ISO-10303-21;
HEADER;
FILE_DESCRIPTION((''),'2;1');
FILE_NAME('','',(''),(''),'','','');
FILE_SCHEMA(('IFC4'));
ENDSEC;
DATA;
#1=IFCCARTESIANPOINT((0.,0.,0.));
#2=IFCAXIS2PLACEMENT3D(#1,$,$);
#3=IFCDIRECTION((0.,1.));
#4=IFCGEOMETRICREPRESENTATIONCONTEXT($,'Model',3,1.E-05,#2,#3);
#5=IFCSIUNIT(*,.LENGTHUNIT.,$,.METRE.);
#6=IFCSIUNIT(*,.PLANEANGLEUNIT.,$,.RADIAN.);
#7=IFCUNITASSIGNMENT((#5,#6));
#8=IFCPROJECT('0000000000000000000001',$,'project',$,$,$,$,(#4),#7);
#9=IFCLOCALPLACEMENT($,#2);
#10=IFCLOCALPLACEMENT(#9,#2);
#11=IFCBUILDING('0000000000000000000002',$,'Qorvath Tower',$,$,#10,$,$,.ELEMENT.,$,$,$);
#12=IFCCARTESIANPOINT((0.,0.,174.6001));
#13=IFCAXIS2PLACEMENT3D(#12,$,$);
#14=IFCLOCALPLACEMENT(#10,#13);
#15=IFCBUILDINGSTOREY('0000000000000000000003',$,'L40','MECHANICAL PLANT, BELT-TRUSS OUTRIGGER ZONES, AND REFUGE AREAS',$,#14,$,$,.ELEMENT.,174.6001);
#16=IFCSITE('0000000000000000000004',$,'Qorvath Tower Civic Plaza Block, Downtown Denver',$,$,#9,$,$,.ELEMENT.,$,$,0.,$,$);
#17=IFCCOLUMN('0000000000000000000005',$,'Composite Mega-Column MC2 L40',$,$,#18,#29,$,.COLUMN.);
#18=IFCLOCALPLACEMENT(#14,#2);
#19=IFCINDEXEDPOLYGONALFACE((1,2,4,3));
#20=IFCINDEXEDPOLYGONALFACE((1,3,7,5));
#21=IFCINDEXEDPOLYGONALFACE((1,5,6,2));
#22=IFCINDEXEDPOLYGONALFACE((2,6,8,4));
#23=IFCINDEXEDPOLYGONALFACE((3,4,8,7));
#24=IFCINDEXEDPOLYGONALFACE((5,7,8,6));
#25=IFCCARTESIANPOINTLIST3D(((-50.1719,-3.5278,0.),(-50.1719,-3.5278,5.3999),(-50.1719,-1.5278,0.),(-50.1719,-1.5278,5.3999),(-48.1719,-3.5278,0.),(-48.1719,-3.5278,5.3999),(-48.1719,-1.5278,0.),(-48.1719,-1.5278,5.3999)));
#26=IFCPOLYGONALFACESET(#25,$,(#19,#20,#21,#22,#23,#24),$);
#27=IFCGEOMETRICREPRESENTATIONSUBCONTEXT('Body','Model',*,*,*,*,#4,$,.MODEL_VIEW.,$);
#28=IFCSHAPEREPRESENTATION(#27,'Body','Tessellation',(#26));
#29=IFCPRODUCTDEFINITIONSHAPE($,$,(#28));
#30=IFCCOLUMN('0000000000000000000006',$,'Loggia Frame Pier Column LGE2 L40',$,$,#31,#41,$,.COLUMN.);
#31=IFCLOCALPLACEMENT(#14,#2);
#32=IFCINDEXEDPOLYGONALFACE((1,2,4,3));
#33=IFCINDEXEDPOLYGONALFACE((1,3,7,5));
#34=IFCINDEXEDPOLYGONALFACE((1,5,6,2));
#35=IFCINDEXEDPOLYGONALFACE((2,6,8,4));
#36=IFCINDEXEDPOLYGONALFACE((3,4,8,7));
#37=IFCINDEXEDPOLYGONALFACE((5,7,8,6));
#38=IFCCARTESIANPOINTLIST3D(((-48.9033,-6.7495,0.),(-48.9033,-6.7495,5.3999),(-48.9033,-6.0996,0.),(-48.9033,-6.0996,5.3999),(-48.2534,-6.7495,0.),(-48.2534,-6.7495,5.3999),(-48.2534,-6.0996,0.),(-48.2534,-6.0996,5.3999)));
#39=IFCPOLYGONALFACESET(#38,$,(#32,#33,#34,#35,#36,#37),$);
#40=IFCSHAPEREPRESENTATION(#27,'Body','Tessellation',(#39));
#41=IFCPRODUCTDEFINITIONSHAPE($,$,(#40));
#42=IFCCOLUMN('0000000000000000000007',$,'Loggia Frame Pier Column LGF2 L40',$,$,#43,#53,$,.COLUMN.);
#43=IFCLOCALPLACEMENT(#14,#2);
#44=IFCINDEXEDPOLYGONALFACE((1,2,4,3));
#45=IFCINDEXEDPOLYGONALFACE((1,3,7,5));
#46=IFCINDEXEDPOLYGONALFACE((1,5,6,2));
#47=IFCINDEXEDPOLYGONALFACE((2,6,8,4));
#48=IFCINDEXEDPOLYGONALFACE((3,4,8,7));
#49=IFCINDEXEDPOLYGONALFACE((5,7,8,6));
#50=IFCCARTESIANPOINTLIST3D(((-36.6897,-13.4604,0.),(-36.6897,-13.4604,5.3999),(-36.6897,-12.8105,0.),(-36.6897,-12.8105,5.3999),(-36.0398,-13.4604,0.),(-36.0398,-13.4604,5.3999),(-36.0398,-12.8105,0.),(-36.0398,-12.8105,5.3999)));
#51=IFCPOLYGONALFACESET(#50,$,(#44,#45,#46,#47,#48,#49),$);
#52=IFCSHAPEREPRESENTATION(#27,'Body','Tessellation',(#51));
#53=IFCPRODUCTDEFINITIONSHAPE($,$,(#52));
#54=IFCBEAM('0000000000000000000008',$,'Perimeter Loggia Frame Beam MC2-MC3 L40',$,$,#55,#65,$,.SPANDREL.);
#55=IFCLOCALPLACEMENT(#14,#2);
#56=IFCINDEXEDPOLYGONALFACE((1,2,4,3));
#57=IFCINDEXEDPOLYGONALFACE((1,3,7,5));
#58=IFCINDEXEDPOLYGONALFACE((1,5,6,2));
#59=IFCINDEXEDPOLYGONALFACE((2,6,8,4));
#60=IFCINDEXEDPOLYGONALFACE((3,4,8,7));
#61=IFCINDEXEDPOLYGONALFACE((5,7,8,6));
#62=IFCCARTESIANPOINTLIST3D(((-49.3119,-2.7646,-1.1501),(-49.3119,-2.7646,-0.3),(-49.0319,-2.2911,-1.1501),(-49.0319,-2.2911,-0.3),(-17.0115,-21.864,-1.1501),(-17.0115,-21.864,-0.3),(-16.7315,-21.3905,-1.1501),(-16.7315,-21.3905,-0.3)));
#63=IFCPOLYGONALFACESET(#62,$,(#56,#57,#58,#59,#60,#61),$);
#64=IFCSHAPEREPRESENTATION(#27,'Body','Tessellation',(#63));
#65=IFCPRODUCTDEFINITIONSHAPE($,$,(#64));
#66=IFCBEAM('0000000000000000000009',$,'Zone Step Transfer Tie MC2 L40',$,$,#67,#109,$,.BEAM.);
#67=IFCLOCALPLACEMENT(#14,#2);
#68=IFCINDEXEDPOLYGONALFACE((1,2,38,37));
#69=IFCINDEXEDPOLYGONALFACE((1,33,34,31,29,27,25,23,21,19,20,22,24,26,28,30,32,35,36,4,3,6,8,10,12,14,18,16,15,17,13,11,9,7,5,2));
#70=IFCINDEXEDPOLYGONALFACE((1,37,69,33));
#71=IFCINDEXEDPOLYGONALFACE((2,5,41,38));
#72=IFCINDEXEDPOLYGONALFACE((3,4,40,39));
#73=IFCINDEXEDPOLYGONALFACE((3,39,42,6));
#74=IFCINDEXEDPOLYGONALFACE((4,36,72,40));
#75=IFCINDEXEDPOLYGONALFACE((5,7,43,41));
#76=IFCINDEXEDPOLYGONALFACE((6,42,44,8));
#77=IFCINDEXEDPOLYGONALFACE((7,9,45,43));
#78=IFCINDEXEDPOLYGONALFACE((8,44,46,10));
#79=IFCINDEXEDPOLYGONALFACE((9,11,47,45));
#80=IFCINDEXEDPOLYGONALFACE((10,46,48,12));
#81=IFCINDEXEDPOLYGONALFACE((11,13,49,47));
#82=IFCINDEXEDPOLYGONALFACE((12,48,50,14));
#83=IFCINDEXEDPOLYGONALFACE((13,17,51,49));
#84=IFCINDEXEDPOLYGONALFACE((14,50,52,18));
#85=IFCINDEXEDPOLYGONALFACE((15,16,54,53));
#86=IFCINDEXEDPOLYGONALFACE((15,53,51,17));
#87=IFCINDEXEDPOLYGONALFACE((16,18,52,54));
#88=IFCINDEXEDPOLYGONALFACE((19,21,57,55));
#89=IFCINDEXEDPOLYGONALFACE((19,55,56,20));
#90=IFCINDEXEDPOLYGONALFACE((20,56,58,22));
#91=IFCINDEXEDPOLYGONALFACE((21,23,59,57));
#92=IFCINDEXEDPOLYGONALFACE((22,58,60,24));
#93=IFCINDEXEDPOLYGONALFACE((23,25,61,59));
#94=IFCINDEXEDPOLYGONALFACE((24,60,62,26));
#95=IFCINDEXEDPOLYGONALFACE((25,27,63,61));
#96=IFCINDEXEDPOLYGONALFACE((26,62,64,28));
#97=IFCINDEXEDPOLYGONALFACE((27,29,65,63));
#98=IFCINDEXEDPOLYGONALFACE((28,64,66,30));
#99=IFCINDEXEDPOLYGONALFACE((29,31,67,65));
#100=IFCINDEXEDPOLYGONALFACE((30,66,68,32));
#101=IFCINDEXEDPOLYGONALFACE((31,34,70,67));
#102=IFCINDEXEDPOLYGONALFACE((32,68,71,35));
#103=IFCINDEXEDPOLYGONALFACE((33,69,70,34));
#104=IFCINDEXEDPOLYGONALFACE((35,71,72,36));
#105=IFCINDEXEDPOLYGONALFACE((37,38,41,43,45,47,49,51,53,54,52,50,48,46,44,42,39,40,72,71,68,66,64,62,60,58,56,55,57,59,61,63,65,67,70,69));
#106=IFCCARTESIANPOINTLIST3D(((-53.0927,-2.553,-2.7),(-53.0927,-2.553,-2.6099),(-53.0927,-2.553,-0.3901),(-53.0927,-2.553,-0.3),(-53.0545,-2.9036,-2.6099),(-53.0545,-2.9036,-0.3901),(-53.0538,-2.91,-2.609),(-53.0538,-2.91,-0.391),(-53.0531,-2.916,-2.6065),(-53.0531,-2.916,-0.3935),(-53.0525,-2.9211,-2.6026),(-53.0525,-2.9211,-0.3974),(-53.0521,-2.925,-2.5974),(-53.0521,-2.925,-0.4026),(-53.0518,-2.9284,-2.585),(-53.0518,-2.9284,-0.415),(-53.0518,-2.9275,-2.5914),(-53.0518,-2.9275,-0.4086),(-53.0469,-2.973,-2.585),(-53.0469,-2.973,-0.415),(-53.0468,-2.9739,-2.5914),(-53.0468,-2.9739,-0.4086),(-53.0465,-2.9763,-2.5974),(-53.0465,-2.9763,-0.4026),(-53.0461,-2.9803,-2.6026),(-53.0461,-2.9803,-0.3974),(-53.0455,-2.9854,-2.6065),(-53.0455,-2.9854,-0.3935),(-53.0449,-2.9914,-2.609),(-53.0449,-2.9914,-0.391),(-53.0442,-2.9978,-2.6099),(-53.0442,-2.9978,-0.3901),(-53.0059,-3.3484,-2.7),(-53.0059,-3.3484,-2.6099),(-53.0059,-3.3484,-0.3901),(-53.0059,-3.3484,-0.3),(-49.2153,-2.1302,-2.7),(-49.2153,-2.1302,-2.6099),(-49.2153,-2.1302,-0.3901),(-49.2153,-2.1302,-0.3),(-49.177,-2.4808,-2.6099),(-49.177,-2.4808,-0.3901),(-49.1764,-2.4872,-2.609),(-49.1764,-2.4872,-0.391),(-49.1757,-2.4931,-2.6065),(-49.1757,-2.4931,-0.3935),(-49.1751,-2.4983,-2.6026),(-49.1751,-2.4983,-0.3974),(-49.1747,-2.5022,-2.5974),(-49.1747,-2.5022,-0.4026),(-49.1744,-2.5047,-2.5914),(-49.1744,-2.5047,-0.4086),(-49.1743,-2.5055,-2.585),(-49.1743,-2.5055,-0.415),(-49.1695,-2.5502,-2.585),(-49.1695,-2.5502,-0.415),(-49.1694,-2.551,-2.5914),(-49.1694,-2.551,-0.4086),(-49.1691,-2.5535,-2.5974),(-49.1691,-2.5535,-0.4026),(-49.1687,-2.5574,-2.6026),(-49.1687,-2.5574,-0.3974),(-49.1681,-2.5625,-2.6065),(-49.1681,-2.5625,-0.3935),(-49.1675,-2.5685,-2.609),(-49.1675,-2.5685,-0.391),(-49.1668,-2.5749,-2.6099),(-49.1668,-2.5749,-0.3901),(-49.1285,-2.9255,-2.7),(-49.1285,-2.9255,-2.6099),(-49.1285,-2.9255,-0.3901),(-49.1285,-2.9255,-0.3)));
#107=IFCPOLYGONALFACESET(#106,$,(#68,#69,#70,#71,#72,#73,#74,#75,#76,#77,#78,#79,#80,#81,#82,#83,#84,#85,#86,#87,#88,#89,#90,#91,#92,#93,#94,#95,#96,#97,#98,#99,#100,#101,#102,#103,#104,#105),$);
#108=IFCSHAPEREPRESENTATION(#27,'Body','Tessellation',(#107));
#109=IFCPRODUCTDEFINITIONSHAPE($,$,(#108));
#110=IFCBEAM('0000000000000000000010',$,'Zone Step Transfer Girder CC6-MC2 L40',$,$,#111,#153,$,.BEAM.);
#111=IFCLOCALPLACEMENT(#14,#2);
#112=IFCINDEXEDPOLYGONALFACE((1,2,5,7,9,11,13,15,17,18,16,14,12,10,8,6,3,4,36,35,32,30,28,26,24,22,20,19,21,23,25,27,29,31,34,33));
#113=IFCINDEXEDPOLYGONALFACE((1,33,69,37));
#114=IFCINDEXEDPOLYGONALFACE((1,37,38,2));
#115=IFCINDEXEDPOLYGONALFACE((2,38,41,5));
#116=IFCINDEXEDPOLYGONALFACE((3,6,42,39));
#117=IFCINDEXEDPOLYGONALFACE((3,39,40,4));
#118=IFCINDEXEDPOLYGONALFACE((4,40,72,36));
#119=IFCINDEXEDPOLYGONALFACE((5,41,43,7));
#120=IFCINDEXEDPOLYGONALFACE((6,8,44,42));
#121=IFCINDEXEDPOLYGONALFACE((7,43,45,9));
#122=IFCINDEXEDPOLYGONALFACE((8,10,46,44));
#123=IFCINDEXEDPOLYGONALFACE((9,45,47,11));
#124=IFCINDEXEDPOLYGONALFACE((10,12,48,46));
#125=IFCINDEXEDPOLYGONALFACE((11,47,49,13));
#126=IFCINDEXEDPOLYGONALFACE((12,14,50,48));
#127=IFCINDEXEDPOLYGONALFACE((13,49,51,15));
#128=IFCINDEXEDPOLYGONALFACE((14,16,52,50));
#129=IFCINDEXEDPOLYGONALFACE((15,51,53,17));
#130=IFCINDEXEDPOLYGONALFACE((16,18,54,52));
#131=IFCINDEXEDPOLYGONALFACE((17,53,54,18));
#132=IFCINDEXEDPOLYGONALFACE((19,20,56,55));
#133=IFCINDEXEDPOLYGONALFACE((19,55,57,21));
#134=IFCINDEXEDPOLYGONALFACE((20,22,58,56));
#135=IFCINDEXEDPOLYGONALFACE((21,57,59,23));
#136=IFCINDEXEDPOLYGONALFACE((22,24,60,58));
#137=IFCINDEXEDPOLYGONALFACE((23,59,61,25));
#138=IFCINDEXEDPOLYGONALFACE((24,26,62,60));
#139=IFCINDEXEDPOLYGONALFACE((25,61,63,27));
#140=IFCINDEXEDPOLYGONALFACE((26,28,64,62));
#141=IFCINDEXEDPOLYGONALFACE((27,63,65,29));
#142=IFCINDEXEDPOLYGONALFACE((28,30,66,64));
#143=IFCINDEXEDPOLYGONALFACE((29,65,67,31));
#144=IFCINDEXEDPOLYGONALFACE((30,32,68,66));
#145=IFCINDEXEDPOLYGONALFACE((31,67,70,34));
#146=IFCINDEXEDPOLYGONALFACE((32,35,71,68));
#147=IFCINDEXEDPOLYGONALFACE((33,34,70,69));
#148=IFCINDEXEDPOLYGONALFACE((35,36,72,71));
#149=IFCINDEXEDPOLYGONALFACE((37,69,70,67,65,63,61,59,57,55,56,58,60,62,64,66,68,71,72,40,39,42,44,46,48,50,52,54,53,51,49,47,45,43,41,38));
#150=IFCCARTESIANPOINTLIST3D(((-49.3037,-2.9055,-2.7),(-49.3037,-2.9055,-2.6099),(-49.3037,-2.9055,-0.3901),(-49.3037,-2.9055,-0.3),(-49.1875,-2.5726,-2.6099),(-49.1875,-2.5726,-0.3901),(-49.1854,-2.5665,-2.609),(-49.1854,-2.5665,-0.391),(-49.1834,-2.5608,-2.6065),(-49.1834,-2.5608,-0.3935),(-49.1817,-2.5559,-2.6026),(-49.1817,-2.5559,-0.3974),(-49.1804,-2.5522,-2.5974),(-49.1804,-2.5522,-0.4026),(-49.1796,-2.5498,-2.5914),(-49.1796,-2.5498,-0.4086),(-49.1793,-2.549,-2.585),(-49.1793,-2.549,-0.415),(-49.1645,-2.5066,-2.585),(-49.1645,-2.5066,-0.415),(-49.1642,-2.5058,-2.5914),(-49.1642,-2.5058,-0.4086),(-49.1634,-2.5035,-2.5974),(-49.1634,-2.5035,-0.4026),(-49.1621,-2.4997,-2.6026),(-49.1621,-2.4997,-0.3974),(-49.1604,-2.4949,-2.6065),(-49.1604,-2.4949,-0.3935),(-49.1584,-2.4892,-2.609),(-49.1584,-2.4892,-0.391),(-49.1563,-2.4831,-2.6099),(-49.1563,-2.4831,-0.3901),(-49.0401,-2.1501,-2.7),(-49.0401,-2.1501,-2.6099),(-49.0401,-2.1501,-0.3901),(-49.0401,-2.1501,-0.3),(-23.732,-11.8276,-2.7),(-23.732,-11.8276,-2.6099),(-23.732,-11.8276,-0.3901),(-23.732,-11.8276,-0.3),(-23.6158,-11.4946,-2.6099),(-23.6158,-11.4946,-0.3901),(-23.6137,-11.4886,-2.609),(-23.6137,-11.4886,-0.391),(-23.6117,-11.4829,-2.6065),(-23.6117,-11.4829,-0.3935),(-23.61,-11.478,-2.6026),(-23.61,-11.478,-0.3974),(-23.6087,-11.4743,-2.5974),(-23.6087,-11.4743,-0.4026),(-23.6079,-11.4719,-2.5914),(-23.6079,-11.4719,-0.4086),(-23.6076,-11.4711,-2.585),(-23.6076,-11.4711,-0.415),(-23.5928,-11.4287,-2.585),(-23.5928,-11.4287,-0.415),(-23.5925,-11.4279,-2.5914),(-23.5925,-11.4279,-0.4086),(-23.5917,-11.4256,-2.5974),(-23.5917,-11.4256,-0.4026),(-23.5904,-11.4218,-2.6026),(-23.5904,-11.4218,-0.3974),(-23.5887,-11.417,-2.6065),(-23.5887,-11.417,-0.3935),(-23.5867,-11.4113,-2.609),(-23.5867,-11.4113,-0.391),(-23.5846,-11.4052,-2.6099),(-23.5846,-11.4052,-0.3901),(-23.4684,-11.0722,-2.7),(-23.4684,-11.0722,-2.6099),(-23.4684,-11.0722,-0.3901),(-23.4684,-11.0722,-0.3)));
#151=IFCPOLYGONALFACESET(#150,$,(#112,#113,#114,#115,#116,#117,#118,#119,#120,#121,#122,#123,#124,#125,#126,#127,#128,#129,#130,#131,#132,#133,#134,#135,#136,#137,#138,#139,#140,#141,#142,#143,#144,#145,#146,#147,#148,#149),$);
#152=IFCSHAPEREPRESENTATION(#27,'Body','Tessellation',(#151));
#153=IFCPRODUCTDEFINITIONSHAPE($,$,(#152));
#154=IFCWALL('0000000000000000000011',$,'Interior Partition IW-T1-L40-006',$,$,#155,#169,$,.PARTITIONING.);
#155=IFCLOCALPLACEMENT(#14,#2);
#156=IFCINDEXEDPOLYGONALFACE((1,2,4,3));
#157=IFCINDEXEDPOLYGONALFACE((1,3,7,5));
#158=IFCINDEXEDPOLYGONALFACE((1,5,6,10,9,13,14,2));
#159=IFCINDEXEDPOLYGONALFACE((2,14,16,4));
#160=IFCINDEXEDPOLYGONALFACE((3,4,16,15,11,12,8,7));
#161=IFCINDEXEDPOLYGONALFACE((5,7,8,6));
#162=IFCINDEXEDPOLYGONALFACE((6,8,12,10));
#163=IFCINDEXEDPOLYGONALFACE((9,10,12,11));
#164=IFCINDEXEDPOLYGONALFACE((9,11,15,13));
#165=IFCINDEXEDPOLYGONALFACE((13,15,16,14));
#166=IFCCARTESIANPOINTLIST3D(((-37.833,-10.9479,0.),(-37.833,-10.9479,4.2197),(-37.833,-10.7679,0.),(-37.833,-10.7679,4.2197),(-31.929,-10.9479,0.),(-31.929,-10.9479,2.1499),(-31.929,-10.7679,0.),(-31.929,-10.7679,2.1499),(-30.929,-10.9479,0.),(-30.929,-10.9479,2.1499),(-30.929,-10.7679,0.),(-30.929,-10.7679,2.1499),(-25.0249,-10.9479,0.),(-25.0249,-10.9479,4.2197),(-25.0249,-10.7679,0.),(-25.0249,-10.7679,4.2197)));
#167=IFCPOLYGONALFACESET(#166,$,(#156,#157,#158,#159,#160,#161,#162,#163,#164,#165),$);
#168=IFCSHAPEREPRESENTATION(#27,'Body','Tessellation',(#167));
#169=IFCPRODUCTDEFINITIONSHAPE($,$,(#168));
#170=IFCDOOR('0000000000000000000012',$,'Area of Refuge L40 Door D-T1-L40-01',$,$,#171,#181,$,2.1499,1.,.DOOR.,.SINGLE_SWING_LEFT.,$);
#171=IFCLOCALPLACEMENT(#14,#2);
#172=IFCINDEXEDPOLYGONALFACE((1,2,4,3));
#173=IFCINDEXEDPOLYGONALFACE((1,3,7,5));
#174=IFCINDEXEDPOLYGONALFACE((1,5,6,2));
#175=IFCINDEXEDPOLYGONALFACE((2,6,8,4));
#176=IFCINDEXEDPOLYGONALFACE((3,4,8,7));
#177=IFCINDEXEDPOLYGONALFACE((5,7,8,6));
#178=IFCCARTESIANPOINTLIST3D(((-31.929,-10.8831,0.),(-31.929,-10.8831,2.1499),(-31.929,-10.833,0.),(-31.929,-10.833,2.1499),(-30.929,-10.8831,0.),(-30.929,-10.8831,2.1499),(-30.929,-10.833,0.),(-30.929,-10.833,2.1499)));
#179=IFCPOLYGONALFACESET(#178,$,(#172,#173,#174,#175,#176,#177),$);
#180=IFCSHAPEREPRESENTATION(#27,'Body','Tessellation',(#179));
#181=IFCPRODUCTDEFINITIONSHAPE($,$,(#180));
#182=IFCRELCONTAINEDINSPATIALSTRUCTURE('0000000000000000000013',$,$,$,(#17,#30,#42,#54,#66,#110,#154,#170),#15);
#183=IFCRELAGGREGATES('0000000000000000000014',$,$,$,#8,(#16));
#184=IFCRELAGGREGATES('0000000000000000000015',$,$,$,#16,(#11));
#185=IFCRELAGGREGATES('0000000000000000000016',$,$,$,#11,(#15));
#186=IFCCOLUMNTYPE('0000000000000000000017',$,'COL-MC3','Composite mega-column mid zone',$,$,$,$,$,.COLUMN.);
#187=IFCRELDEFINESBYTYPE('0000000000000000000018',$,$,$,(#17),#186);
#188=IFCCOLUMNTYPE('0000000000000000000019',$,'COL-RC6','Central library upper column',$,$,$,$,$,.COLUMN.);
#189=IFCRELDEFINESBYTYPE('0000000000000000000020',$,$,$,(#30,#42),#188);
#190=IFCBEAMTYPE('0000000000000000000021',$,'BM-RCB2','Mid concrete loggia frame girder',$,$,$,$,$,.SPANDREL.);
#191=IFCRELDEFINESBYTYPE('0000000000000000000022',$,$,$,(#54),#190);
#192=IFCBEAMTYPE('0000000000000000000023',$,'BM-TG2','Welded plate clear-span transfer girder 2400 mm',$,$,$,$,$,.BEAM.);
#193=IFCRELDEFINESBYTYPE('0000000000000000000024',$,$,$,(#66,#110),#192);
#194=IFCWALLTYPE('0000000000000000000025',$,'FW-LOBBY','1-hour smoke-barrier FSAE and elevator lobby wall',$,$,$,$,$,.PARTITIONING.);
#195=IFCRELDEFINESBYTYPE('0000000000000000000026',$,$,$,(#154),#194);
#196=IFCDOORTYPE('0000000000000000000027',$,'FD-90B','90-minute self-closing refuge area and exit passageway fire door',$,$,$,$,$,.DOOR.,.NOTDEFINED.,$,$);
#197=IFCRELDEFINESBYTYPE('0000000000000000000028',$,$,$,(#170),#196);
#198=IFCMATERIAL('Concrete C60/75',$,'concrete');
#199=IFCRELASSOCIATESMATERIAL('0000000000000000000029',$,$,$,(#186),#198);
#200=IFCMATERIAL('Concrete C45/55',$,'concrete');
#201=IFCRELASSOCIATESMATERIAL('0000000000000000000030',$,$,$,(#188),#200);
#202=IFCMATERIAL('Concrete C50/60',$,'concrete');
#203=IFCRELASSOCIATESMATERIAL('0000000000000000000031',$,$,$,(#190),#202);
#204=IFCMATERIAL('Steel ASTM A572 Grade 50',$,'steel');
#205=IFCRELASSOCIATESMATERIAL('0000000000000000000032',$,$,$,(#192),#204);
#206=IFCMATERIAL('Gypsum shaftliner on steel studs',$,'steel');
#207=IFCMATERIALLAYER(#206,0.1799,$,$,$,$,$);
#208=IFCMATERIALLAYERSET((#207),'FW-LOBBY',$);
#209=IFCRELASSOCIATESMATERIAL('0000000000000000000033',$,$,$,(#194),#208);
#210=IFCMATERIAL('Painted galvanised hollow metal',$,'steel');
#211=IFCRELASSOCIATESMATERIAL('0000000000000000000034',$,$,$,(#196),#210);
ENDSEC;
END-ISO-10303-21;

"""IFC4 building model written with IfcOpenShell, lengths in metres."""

from ifc_helpers import new_model, si_unit, direction, frame, frame_2d, origin, origin_2d, place, context, subcontext, project, spatial, rectangle, i_section, extrude, material, layer, layer_set, material_profile, profile_set, type_object, element, fill, save


model = new_model("IFC4")

# Units and contexts
model_context = context("Model", 3, precision=1e-05, world=origin(), true_north=direction((0.0, 1.0)))
body_context = subcontext(model_context, "Body", "Model", "MODEL_VIEW")
ifc_project = project(units=[si_unit("LENGTHUNIT", "METRE"), si_unit("PLANEANGLEUNIT", "RADIAN")], contexts=[model_context])

# Site, building, storey
site_placement = place(None, origin())
site = spatial("IfcSite", under=ifc_project, at=site_placement, Name="Qorvath Tower Civic Plaza Block, Downtown Denver", CompositionType="ELEMENT", RefElevation=0.0)
building_placement = place(site_placement, origin())
building = spatial("IfcBuilding", under=site, at=building_placement, Name="Qorvath Tower", CompositionType="ELEMENT")
storey_placement = place(building_placement, frame((0.0, 0.0, 174.6001)))
storey = spatial("IfcBuildingStorey", under=building, at=storey_placement, Name="L40", Description="MECHANICAL PLANT, BELT-TRUSS OUTRIGGER ZONES, AND REFUGE AREAS", CompositionType="ELEMENT", Elevation=174.6001)

# Columns
ifc_material_1 = material(Name="Concrete C60/75", Category="concrete")
ifc_material_profile_1 = material_profile(ifc_material_1, rectangle(XDim=2.0, YDim=2.0, at=origin_2d()), Name="MC 2000x2000")
ifc_profile_set_1 = profile_set([ifc_material_profile_1], Name="Concrete C60/75")
column_type_1 = type_object("IfcColumnType", Name="COL-MC3", Description="Composite mega-column mid zone", PredefinedType="COLUMN", material=ifc_profile_set_1)
column_placement = place(storey_placement, frame((-49.1719, -2.5278, 0.0), z_axis=(0.0, 0.0, 1.0), x_axis=(1.0, 0.0, 0.0)))
element("IfcColumn", 1, at=column_placement, inside=storey, type_object=column_type_1, Name="Composite Mega-Column MC2 L40", PredefinedType="COLUMN", context=body_context, shape_type="SweptSolid", body=[
    extrude(rectangle(XDim=2.0, YDim=2.0, at=origin_2d()), origin(), (0.0, 0.0, 1.0), 5.3999),
])
ifc_material_2 = material(Name="Concrete C45/55", Category="concrete")
ifc_material_profile_2 = material_profile(ifc_material_2, rectangle(XDim=0.6499, YDim=0.6499, at=origin_2d()), Name="RC 650x650")
ifc_profile_set_2 = profile_set([ifc_material_profile_2], Name="Concrete C45/55")
column_type_2 = type_object("IfcColumnType", Name="COL-RC6", Description="Central library upper column", PredefinedType="COLUMN", material=ifc_profile_set_2)
for number, where, z_axis, x_axis, name in (
    (2, (-48.5784, -6.4246, 0.0), (0.0, 0.0, 1.0), (1.0, 0.0, 0.0), "Loggia Frame Pier Column LGE2 L40"),
    (3, (-36.3647, -13.1355, 0.0), (0.0, 0.0, 1.0), (1.0, 0.0, 0.0), "Loggia Frame Pier Column LGF2 L40"),
):
    element("IfcColumn", number, at=place(storey_placement, frame(where, z_axis=z_axis, x_axis=x_axis)), inside=storey, type_object=column_type_2, Name=name, PredefinedType="COLUMN", context=body_context, shape_type="SweptSolid", body=[
        extrude(rectangle(XDim=0.6499, YDim=0.6499, at=origin_2d()), origin(), (0.0, 0.0, 1.0), 5.3999),
    ])

# Beams
ifc_material_3 = material(Name="Concrete C50/60", Category="concrete")
ifc_material_profile_3 = material_profile(ifc_material_3, rectangle(XDim=0.55, YDim=0.8501, at=origin_2d()), Name="RCB 850x550")
ifc_profile_set_3 = profile_set([ifc_material_profile_3], Name="Concrete C50/60")
beam_type_1 = type_object("IfcBeamType", Name="BM-RCB2", Description="Mid concrete loggia frame girder", PredefinedType="SPANDREL", material=ifc_profile_set_3)
beam_1_placement = place(storey_placement, frame((-49.1719, -2.5278, -0.7251), z_axis=(0.860777, -0.508983, 0.0), x_axis=(0.508983, 0.860777, 0.0)))
element("IfcBeam", 4, at=beam_1_placement, inside=storey, type_object=beam_type_1, Name="Perimeter Loggia Frame Beam MC2-MC3 L40", PredefinedType="SPANDREL", context=body_context, shape_type="SweptSolid", body=[
    extrude(rectangle(XDim=0.55, YDim=0.8501, at=origin_2d()), origin(), (0.0, 0.0, 1.0), 37.5247),
])
ifc_material_4 = material(Name="Steel ASTM A572 Grade 50", Category="steel")
ifc_material_profile_4 = material_profile(ifc_material_4, i_section(OverallWidth=0.8, OverallDepth=2.3999, WebThickness=0.0449, FlangeThickness=0.0901, FilletRadius=0.0249, at=origin_2d()), Name="WTG 2400x800")
ifc_profile_set_4 = profile_set([ifc_material_profile_4], Name="Steel ASTM A572 Grade 50")
beam_type_2 = type_object("IfcBeamType", Name="BM-TG2", Description="Welded plate clear-span transfer girder 2400 mm", PredefinedType="BEAM", material=ifc_profile_set_4)
beam_2_placement = place(storey_placement, frame((-53.0493, -2.9507, -1.5), z_axis=(0.994106, 0.108412, 0.0), x_axis=(-0.108412, 0.994106, 0.0)))
element("IfcBeam", 5, at=beam_2_placement, inside=storey, type_object=beam_type_2, Name="Zone Step Transfer Tie MC2 L40", PredefinedType="BEAM", context=body_context, shape_type="SweptSolid", body=[
    extrude(i_section(OverallWidth=0.8, OverallDepth=2.3999, WebThickness=0.0449, FlangeThickness=0.0901, FilletRadius=0.0249, at=origin_2d()), origin(), (0.0, 0.0, 1.0), 3.9004),
])
beam_3_placement = place(storey_placement, frame((-49.1719, -2.5278, -1.5), z_axis=(0.94418, -0.329429, 0.0), x_axis=(0.329429, 0.94418, 0.0)))
element("IfcBeam", 6, at=beam_3_placement, inside=storey, type_object=beam_type_2, Name="Zone Step Transfer Girder CC6-MC2 L40", PredefinedType="BEAM", context=body_context, shape_type="SweptSolid", body=[
    extrude(i_section(OverallWidth=0.8, OverallDepth=2.3999, WebThickness=0.0449, FlangeThickness=0.0901, FilletRadius=0.0249, at=origin_2d()), origin(), (0.0, 0.0, 1.0), 27.0835),
])

# Wall, opening, door
ifc_material_5 = material(Name="Gypsum shaftliner on steel studs", Category="steel")
ifc_layer_1 = layer(ifc_material_5, 0.1799)
ifc_layer_set_1 = layer_set([ifc_layer_1], Name="FW-LOBBY")
wall_type_1 = type_object("IfcWallType", Name="FW-LOBBY", Description="1-hour smoke-barrier FSAE and elevator lobby wall", PredefinedType="PARTITIONING", material=ifc_layer_set_1)
wall_1_placement = place(storey_placement, frame((-37.833, -10.8579, 0.0), z_axis=(0.0, 0.0, 1.0), x_axis=(1.0, 0.0, 0.0)))
wall_1 = element("IfcWall", 7, at=wall_1_placement, inside=storey, type_object=wall_type_1, Name="Interior Partition IW-T1-L40-006", PredefinedType="PARTITIONING", context=body_context, shape_type="SweptSolid", body=[
    extrude(rectangle(XDim=12.8081, YDim=0.1799, at=frame_2d((6.4041, 0.0))), origin(), (0.0, 0.0, 1.0), 4.2197),
])
opening_1_placement = place(wall_1_placement, frame((5.9041, 0.0, 0.0)))
opening_1 = element("IfcOpeningElement", 8, at=opening_1_placement, cuts=wall_1, PredefinedType="OPENING", context=body_context, shape_type="SweptSolid", body=[
    extrude(rectangle(XDim=1.0, YDim=2.1499, at=frame_2d((0.5, 1.075))), frame((0.0, 0.1001, 0.0), z_axis=(0.0, -1.0, 0.0), x_axis=(1.0, 0.0, 0.0)), (0.0, 0.0, 1.0), 0.2),
])
ifc_material_6 = material(Name="Painted galvanised hollow metal", Category="steel")
door_type_1 = type_object("IfcDoorType", Name="FD-90B", Description="90-minute self-closing refuge area and exit passageway fire door", OperationType="NOTDEFINED", PredefinedType="DOOR", material=ifc_material_6)
door_1_placement = place(opening_1_placement, origin())
door_1 = element("IfcDoor", 9, at=door_1_placement, inside=storey, type_object=door_type_1, Name="Area of Refuge L40 Door D-T1-L40-01", OperationType="SINGLE_SWING_LEFT", OverallHeight=2.1499, OverallWidth=1.0, PredefinedType="DOOR", context=body_context, shape_type="SweptSolid", body=[
    extrude(rectangle(XDim=1.0, YDim=2.1499, at=frame_2d((0.5, 1.075))), frame((0.0, 0.0249, 0.0), z_axis=(0.0, -1.0, 0.0), x_axis=(1.0, 0.0, 0.0)), (0.0, 0.0, 1.0), 0.05),
])
fill(opening_1, door_1)

save(model, "model.ifc")
